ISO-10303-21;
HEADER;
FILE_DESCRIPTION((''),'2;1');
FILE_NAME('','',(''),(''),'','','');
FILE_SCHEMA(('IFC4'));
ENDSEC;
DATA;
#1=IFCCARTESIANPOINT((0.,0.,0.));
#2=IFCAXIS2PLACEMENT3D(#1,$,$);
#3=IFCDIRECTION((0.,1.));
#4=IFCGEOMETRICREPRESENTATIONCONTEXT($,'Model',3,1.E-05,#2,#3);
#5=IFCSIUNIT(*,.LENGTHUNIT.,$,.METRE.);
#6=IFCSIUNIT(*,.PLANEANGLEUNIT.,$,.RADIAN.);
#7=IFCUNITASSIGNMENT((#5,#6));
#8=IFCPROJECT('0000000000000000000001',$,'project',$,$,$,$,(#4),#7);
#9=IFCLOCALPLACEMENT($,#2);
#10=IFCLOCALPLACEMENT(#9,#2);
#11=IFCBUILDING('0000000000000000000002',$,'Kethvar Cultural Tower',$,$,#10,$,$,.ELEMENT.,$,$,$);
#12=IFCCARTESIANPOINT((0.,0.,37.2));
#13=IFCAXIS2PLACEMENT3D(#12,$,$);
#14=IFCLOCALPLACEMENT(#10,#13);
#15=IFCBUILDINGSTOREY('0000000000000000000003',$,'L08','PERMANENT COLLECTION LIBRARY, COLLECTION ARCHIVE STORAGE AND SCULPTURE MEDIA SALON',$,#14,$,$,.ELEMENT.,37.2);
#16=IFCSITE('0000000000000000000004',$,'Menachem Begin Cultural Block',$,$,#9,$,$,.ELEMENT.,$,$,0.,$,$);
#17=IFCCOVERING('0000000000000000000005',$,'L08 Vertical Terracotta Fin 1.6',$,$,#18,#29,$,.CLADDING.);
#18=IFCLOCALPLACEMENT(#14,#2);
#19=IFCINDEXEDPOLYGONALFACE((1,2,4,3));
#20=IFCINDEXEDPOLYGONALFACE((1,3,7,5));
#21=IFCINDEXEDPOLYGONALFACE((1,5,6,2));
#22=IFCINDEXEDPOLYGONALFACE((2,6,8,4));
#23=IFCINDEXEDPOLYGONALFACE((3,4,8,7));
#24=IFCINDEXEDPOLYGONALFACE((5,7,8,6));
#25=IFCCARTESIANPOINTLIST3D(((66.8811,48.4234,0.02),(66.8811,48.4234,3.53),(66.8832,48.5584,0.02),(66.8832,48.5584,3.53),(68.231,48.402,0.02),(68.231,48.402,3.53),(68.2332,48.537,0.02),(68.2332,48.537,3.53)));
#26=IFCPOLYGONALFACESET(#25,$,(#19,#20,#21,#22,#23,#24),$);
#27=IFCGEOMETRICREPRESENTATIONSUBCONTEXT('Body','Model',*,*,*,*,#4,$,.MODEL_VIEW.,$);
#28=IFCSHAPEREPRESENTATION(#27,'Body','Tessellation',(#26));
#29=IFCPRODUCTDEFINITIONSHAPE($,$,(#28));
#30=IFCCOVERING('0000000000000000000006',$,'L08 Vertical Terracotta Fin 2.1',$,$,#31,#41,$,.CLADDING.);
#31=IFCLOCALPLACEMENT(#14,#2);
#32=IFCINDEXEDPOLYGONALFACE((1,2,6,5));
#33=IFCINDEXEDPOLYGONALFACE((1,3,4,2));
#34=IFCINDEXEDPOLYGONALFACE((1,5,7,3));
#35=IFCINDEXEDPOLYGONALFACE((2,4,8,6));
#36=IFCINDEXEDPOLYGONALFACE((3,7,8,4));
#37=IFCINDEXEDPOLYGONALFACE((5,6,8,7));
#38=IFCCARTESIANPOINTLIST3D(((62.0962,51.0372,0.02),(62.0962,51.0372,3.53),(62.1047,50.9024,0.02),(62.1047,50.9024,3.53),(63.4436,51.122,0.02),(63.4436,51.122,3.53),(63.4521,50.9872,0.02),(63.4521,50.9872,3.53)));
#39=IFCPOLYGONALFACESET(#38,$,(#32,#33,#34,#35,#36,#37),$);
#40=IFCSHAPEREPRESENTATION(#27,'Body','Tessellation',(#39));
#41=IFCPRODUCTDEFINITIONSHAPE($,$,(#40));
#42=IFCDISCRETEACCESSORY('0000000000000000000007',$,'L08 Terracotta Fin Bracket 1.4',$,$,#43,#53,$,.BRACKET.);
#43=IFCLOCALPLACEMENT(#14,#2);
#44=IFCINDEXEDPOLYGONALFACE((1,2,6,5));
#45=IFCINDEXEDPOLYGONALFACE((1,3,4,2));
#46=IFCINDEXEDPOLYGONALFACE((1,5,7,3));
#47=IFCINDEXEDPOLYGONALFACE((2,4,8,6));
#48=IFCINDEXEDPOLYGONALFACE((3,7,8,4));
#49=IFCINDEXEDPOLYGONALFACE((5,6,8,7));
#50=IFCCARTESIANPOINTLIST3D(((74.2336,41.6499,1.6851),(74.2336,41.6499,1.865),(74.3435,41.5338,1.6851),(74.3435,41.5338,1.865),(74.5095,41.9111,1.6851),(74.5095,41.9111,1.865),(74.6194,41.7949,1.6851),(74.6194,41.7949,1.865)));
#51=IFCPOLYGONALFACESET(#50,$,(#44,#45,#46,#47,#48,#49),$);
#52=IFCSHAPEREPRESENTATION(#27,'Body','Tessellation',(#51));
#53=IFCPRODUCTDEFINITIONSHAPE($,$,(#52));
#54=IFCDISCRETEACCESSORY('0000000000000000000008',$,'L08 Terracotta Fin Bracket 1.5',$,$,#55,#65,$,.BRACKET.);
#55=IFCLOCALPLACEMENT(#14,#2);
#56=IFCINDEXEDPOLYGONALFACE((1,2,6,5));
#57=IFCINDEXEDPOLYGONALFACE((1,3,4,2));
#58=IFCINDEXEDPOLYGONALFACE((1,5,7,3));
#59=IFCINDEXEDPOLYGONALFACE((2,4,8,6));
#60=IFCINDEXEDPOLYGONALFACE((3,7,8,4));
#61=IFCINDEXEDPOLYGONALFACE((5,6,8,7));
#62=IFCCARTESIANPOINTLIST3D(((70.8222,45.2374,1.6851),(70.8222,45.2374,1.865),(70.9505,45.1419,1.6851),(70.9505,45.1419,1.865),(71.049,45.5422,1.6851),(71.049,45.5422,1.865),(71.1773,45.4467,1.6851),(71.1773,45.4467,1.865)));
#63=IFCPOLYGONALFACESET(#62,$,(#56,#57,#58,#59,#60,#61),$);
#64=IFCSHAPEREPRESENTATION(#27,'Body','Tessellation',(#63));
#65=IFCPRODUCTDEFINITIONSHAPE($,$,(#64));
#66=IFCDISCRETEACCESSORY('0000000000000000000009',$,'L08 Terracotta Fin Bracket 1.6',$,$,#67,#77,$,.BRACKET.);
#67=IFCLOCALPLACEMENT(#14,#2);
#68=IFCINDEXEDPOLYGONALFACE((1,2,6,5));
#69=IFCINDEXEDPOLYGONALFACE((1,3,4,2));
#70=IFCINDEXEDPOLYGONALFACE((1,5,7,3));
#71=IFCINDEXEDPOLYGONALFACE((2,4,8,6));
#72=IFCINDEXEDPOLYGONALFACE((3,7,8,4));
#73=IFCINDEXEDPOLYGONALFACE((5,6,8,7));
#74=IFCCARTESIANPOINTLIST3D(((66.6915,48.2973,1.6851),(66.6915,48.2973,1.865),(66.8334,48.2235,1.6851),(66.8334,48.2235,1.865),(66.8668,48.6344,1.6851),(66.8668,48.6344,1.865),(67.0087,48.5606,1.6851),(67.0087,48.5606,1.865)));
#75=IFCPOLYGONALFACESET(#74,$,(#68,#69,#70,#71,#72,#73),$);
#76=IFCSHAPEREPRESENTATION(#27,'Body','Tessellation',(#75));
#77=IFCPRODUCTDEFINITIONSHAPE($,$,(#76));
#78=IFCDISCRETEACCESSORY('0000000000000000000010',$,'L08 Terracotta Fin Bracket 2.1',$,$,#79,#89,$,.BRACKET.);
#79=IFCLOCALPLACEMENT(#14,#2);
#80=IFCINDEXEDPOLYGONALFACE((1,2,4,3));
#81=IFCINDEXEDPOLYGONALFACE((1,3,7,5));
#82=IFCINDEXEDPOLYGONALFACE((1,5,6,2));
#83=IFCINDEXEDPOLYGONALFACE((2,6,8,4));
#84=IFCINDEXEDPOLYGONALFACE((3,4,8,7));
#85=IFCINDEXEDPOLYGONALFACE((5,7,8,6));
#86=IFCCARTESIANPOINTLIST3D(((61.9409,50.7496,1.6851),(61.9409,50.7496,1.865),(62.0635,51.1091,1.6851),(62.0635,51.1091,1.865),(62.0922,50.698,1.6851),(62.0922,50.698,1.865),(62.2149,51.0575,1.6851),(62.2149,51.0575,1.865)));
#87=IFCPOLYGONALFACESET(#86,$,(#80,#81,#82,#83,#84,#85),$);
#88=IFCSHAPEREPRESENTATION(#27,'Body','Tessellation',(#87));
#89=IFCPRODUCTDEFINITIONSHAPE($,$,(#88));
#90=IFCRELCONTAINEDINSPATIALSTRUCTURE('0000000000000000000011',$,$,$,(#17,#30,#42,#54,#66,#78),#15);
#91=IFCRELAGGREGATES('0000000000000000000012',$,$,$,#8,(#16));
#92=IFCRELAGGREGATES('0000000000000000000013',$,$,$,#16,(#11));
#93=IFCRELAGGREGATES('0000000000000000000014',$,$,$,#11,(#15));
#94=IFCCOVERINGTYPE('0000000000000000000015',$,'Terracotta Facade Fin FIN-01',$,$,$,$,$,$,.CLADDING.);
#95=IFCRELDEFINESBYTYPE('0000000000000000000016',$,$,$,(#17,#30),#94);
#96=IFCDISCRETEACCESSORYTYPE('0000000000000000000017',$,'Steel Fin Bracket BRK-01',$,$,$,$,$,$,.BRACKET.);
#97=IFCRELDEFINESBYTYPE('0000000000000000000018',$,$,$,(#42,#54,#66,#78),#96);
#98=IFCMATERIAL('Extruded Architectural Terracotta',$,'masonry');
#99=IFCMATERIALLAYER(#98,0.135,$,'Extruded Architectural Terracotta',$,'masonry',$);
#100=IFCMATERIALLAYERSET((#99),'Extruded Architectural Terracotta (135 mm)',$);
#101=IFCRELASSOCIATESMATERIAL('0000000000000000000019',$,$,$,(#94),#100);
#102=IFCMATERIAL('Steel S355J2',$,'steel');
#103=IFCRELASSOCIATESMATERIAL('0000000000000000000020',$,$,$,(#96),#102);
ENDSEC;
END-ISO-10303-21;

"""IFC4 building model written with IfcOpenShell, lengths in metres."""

from ifc_helpers import new_model, si_unit, direction, frame, origin, origin_2d, place, context, subcontext, project, spatial, rectangle, extrude, source, transform, mapped, material, layer, layer_set, type_object, element, save


model = new_model("IFC4")

# Units and contexts
model_context = context("Model", 3, precision=1e-05, world=origin(), true_north=direction((0.0, 1.0)))
body_context = subcontext(model_context, "Body", "Model", "MODEL_VIEW")
ifc_project = project(units=[si_unit("LENGTHUNIT", "METRE"), si_unit("PLANEANGLEUNIT", "RADIAN")], contexts=[model_context])

# Site, building, storey
site_placement = place(None, origin())
site = spatial("IfcSite", under=ifc_project, at=site_placement, Name="Menachem Begin Cultural Block", CompositionType="ELEMENT", RefElevation=0.0)
building_placement = place(site_placement, origin())
building = spatial("IfcBuilding", under=site, at=building_placement, Name="Kethvar Cultural Tower", CompositionType="ELEMENT")
storey_placement = place(building_placement, frame((0.0, 0.0, 37.2)))
storey = spatial("IfcBuildingStorey", under=building, at=storey_placement, Name="L08", Description="PERMANENT COLLECTION LIBRARY, COLLECTION ARCHIVE STORAGE AND SCULPTURE MEDIA SALON", CompositionType="ELEMENT", Elevation=37.2)

# Shared definitions
ifc_material_1 = material(Name="Steel S355J2", Category="steel")

# Coverings
ifc_material_2 = material(Name="Extruded Architectural Terracotta", Category="masonry")
ifc_layer_1 = layer(ifc_material_2, 0.135, Name="Extruded Architectural Terracotta", Category="masonry")
ifc_layer_set_1 = layer_set([ifc_layer_1], Name="Extruded Architectural Terracotta (135 mm)")
covering_type = type_object("IfcCoveringType", Name="Terracotta Facade Fin FIN-01", PredefinedType="CLADDING", material=ifc_layer_set_1)
shared_shape_1 = source(origin(), body_context, "Body", "SweptSolid", [
    extrude(rectangle(XDim=1.3501, YDim=0.135, at=origin_2d()), origin(), (0.0, 0.0, 1.0), 3.51),
])
for number, where, z_axis, x_axis, name in (
    (1, (67.5571, 48.4802, 0.02), (0.0, 0.0, 1.0), (0.999874, -0.015882, 0.0), "L08 Vertical Terracotta Fin 1.6"),
    (2, (62.7742, 51.0122, 0.02), (0.0, 0.0, 1.0), (0.998027, 0.062791, 0.0), "L08 Vertical Terracotta Fin 2.1"),
):
    element("IfcCovering", number, at=place(storey_placement, frame(where, z_axis=z_axis, x_axis=x_axis)), inside=storey, type_object=covering_type, Name=name, PredefinedType="CLADDING", context=body_context, shape_type="MappedRepresentation", body=[
        mapped(shared_shape_1, transform((0.0, 0.0, 0.0), scale=1.0)),
    ])

# Discrete accessories
discrete_accessory_type = type_object("IfcDiscreteAccessoryType", Name="Steel Fin Bracket BRK-01", PredefinedType="BRACKET", material=ifc_material_1)
shared_shape_2 = source(origin(), body_context, "Body", "SweptSolid", [
    extrude(rectangle(XDim=0.3799, YDim=0.1599, at=origin_2d()), origin(), (0.0, 0.0, 1.0), 0.1799),
])
for number, where, z_axis, x_axis, name in (
    (3, (74.4265, 41.7224, 1.6851), (0.0, 0.0, 1.0), (0.726215, 0.687468, 0.0), "L08 Terracotta Fin Bracket 1.4"),
    (4, (70.9998, 45.342, 1.6851), (0.0, 0.0, 1.0), (0.596925, 0.802297, 0.0), "L08 Terracotta Fin Bracket 1.5"),
    (5, (66.8501, 48.429, 1.6851), (0.0, 0.0, 1.0), (0.461439, 0.887172, 0.0), "L08 Terracotta Fin Bracket 1.6"),
    (6, (62.0779, 50.9036, 1.6851), (0.0, 0.0, 1.0), (0.322927, 0.946424, 0.0), "L08 Terracotta Fin Bracket 2.1"),
):
    element("IfcDiscreteAccessory", number, at=place(storey_placement, frame(where, z_axis=z_axis, x_axis=x_axis)), inside=storey, type_object=discrete_accessory_type, Name=name, PredefinedType="BRACKET", context=body_context, shape_type="MappedRepresentation", body=[
        mapped(shared_shape_2, transform((0.0, 0.0, 0.0), scale=1.0)),
    ])

save(model, "model.ifc")
